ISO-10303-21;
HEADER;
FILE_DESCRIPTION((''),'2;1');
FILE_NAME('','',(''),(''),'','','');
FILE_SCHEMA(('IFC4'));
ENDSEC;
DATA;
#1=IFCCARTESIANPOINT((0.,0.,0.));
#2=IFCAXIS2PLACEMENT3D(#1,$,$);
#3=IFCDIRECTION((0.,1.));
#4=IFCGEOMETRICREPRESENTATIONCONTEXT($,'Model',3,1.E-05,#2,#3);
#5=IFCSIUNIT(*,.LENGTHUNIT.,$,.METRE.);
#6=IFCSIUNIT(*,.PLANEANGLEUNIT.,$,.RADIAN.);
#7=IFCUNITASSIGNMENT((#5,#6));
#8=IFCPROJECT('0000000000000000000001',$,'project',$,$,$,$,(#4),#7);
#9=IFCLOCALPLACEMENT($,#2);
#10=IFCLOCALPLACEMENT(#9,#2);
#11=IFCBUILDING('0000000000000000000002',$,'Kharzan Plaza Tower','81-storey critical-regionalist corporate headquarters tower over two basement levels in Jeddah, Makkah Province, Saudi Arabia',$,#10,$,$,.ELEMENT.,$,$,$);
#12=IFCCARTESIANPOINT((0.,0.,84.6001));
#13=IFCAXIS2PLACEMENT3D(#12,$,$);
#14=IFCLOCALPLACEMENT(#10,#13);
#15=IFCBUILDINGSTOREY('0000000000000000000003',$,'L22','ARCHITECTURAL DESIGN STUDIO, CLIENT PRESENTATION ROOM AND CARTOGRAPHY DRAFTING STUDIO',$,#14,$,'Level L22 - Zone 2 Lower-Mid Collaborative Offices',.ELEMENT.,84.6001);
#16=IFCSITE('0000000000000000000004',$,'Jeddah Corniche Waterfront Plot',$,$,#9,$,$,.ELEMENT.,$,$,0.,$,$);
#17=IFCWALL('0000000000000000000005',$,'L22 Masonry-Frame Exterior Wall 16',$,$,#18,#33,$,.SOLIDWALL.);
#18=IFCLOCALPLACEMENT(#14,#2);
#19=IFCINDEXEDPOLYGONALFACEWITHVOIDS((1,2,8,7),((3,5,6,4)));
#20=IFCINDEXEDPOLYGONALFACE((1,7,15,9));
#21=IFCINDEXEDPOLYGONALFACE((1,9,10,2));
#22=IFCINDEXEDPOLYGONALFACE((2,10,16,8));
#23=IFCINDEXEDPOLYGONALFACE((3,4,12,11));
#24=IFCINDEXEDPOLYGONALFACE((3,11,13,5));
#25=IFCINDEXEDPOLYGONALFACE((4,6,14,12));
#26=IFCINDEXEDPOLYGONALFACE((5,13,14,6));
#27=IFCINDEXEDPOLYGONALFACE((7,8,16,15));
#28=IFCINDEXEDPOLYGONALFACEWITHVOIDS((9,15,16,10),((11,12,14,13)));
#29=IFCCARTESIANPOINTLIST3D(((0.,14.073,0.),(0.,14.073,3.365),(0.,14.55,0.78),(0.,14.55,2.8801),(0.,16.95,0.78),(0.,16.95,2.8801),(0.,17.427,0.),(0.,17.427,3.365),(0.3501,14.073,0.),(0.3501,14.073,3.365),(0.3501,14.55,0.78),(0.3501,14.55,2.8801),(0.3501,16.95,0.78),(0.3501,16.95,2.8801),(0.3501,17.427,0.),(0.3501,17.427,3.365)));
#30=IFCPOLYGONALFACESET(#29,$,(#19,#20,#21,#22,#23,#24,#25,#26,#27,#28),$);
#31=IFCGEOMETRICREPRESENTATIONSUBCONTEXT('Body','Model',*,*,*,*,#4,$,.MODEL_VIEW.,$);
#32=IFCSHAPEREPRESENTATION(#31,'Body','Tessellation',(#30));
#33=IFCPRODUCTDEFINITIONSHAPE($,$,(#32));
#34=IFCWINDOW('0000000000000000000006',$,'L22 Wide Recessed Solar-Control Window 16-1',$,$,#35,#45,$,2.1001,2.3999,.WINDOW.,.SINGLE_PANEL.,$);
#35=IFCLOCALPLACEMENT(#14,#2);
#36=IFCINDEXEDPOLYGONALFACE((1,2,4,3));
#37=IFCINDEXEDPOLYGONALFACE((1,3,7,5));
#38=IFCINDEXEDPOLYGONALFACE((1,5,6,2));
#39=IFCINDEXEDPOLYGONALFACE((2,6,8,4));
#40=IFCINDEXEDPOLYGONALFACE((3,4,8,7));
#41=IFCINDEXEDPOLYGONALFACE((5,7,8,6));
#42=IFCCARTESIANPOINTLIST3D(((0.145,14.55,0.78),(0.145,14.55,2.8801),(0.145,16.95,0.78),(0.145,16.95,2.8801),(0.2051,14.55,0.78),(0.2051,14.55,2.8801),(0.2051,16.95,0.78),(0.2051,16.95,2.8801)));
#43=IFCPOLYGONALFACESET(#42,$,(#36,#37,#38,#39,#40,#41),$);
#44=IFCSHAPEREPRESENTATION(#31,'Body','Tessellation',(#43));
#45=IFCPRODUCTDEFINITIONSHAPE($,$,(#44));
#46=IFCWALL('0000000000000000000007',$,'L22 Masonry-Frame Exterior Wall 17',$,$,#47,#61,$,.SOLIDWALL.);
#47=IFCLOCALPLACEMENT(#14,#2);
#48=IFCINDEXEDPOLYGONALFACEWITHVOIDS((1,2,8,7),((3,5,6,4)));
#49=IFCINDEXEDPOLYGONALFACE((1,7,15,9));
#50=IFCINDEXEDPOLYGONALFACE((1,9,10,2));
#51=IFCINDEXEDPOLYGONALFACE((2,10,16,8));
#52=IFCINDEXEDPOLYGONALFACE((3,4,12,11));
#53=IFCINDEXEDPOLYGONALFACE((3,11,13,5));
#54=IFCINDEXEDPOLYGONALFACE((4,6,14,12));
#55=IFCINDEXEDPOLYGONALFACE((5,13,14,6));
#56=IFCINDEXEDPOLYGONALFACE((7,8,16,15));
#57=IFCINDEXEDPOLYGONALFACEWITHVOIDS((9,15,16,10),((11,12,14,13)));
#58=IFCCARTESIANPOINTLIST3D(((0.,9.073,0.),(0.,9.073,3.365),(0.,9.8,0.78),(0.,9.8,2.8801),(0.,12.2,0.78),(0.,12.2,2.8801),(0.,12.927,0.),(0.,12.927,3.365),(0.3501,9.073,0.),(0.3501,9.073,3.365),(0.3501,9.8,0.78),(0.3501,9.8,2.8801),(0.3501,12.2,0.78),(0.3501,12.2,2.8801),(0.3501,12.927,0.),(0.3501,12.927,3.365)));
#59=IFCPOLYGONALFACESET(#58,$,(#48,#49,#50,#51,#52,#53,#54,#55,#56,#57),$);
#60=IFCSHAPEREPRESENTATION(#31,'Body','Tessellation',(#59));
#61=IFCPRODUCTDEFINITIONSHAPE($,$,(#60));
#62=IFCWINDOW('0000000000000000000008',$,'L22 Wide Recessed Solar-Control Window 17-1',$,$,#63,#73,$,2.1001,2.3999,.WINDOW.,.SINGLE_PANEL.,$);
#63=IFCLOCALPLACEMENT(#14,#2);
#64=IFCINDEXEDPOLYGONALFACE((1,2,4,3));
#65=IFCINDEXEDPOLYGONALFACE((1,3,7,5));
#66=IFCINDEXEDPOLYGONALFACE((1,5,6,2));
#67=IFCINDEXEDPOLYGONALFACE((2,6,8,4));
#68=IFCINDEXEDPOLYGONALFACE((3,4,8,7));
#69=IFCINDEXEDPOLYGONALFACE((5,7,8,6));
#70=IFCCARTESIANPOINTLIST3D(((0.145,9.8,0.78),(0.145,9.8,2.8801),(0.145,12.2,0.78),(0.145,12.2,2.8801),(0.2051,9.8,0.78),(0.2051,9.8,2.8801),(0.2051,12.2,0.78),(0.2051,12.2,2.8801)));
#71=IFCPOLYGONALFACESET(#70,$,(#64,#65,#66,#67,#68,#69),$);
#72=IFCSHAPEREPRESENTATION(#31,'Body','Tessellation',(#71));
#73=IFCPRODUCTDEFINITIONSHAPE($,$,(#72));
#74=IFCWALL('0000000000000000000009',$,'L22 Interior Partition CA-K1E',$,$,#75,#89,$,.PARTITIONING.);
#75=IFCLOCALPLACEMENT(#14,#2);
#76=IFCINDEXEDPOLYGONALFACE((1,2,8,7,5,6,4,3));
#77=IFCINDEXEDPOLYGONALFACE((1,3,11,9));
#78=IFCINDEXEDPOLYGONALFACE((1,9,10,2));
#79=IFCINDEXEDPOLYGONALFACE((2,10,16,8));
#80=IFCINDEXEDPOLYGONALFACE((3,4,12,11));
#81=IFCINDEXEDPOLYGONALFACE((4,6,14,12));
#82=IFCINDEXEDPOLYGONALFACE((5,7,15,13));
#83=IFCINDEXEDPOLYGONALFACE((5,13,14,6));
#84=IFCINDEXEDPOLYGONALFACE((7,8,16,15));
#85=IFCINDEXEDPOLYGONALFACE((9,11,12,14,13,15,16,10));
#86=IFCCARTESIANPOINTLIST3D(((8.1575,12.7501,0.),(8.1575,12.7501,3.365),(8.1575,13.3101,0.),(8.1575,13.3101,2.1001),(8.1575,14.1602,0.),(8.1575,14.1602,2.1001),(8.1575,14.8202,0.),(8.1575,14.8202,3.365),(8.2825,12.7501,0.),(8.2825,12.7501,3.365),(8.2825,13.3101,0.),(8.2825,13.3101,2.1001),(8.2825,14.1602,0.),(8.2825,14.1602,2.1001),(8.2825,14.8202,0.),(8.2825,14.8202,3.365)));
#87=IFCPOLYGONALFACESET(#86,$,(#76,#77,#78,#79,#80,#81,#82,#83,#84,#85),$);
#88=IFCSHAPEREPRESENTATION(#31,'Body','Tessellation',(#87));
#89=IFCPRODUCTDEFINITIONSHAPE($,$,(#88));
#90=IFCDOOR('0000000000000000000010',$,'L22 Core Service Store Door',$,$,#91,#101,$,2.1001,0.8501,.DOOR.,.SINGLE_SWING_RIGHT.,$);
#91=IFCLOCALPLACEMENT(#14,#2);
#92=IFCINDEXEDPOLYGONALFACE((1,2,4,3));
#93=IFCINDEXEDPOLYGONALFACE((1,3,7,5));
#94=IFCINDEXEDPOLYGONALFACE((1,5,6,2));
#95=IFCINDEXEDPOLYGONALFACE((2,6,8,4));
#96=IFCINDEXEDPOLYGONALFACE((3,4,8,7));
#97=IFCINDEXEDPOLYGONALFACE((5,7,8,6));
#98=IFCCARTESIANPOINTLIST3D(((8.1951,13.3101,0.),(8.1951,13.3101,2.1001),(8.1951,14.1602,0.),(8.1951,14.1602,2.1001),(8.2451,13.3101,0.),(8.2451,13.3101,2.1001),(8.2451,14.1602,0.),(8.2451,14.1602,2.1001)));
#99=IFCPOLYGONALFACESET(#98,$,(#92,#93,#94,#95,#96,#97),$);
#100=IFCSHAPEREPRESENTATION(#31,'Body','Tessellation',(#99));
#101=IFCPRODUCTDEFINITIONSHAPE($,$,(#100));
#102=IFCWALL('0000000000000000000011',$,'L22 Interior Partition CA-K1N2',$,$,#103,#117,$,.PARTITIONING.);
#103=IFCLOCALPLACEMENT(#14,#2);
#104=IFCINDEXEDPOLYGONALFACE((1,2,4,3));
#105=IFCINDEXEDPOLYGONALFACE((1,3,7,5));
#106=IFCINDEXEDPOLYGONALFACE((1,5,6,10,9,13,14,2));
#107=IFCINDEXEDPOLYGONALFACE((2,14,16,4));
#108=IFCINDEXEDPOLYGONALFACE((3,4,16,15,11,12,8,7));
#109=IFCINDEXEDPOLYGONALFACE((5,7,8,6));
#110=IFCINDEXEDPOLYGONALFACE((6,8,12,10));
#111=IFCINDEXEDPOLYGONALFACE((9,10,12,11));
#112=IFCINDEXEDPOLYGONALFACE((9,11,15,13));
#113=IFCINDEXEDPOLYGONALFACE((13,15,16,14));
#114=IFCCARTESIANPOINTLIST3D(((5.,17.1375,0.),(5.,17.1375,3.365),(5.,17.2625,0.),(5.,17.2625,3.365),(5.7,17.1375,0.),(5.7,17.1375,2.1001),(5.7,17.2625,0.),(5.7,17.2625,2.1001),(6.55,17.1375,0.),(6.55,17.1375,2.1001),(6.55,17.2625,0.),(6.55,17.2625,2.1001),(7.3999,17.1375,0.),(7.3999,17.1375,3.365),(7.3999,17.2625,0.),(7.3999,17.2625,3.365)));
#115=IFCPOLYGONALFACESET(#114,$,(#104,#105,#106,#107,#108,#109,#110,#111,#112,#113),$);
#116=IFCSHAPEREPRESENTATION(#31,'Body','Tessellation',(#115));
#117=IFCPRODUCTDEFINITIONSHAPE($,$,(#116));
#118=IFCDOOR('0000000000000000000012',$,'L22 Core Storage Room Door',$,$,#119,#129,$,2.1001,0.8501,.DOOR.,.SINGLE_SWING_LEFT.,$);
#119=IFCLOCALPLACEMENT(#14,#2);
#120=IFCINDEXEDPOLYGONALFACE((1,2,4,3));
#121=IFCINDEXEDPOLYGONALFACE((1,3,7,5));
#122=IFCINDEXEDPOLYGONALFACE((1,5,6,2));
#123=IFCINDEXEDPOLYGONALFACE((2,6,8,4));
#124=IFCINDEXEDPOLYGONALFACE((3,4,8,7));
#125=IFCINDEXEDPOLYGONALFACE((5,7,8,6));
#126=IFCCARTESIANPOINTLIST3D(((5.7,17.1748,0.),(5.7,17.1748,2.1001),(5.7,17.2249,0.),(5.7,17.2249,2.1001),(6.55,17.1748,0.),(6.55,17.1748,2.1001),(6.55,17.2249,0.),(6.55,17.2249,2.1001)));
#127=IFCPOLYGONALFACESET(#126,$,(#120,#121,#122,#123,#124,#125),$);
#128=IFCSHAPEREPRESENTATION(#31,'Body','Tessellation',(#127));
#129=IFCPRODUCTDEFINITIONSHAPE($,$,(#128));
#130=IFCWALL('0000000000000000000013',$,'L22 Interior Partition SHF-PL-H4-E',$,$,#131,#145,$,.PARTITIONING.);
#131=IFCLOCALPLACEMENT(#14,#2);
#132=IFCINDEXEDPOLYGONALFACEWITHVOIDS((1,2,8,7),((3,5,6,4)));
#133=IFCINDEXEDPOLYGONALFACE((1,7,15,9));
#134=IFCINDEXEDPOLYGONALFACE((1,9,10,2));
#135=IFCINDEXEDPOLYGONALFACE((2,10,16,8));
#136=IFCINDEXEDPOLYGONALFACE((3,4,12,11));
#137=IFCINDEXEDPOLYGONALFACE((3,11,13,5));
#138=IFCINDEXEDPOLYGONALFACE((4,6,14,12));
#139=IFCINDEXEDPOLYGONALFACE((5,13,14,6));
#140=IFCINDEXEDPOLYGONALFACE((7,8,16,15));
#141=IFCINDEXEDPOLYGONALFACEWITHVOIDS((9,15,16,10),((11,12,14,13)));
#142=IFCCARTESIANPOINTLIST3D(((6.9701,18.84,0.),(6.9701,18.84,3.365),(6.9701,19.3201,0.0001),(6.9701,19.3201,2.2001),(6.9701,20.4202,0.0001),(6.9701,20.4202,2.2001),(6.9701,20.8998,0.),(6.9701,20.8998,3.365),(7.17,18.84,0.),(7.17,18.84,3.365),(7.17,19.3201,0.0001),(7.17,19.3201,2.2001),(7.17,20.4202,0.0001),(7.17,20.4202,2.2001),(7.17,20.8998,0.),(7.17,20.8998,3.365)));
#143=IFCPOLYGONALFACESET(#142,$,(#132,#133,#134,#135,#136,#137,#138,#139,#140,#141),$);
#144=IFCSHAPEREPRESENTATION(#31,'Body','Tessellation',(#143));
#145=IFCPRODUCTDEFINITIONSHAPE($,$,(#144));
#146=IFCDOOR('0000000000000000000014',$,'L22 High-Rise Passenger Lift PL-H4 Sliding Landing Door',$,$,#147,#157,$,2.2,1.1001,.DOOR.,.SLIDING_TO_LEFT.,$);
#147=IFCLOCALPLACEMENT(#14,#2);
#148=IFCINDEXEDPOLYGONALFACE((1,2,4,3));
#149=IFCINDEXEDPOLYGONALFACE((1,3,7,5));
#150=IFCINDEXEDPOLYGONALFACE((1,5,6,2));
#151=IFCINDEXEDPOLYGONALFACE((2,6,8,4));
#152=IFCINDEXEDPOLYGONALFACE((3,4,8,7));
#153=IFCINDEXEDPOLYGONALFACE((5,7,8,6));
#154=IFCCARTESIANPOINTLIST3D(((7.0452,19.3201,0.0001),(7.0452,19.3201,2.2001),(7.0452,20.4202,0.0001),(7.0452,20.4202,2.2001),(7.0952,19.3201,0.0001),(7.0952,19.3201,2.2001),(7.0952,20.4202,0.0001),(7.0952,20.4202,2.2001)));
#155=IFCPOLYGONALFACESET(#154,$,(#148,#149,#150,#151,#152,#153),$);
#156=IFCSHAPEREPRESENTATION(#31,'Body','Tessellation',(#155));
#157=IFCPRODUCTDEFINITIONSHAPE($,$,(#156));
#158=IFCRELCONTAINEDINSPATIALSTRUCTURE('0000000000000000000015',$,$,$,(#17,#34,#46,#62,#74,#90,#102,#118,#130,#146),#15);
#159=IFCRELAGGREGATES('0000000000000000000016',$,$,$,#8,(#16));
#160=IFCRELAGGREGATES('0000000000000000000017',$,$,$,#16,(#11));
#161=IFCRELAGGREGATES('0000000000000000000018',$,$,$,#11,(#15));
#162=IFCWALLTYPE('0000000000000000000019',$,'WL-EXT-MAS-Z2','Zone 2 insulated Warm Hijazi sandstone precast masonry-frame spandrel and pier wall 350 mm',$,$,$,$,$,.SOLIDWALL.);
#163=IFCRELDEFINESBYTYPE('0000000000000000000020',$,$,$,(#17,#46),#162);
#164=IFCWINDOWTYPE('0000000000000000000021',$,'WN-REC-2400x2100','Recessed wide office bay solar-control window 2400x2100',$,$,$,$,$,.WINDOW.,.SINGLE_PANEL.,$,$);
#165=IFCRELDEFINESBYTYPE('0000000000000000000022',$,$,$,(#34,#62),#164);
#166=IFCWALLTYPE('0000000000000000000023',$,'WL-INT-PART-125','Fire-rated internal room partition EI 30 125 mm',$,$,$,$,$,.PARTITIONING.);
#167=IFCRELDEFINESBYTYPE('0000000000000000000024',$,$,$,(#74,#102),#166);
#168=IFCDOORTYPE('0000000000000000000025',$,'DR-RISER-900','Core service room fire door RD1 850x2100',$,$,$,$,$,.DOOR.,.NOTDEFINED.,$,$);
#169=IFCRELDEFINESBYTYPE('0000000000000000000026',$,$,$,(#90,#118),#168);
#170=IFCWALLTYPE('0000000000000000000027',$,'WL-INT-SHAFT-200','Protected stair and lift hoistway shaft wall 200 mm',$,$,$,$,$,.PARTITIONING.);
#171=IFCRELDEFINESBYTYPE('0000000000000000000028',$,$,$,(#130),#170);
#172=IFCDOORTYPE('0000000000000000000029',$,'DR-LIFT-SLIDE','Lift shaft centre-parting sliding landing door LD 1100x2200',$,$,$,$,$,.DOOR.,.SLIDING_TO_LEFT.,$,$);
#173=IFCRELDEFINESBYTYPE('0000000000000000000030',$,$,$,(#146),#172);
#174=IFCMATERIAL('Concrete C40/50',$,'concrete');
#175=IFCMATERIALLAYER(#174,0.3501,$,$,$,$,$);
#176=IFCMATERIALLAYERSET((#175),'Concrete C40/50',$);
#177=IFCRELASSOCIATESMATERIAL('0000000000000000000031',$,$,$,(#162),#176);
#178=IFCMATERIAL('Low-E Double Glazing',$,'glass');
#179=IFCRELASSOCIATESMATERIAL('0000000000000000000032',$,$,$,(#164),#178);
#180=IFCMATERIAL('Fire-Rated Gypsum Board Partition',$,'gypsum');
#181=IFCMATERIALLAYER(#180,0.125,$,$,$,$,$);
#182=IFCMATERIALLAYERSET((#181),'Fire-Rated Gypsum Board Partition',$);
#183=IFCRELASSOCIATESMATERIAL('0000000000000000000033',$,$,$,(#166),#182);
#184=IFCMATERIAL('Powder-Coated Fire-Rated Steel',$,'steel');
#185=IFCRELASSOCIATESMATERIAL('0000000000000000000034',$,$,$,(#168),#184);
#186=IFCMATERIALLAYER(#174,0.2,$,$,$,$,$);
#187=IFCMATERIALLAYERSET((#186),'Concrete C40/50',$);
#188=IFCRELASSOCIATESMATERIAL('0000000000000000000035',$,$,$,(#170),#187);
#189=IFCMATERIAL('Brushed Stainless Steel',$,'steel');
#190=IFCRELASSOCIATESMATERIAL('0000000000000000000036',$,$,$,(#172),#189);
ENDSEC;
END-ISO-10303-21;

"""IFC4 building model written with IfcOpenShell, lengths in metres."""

from ifc_helpers import new_model, si_unit, direction, frame, frame_2d, origin, place, context, subcontext, project, spatial, rectangle, extrude, source, transform, mapped, material, layer, layer_set, type_object, element, fill, save


model = new_model("IFC4")

# Units and contexts
model_context = context("Model", 3, precision=1e-05, world=origin(), true_north=direction((0.0, 1.0)))
body_context = subcontext(model_context, "Body", "Model", "MODEL_VIEW")
ifc_project = project(units=[si_unit("LENGTHUNIT", "METRE"), si_unit("PLANEANGLEUNIT", "RADIAN")], contexts=[model_context])

# Site, building, storey
site_placement = place(None, origin())
site = spatial("IfcSite", under=ifc_project, at=site_placement, Name="Jeddah Corniche Waterfront Plot", CompositionType="ELEMENT", RefElevation=0.0)
building_placement = place(site_placement, origin())
building = spatial("IfcBuilding", under=site, at=building_placement, Name="Kharzan Plaza Tower", Description="81-storey critical-regionalist corporate headquarters tower over two basement levels in Jeddah, Makkah Province, Saudi Arabia", CompositionType="ELEMENT")
storey_placement = place(building_placement, frame((0.0, 0.0, 84.6001)))
storey = spatial("IfcBuildingStorey", under=building, at=storey_placement, Name="L22", Description="ARCHITECTURAL DESIGN STUDIO, CLIENT PRESENTATION ROOM AND CARTOGRAPHY DRAFTING STUDIO", LongName="Level L22 - Zone 2 Lower-Mid Collaborative Offices", CompositionType="ELEMENT", Elevation=84.6001)

# Walls, openings, windows
ifc_material_1 = material(Name="Concrete C40/50", Category="concrete")
ifc_layer_1 = layer(ifc_material_1, 0.3501)
ifc_layer_set_1 = layer_set([ifc_layer_1], Name="Concrete C40/50")
wall_type_1 = type_object("IfcWallType", Name="WL-EXT-MAS-Z2", Description="Zone 2 insulated Warm Hijazi sandstone precast masonry-frame spandrel and pier wall 350 mm", PredefinedType="SOLIDWALL", material=ifc_layer_set_1)
wall_1_placement = place(storey_placement, frame((0.175, 17.427, 0.0), z_axis=(0.0, 0.0, 1.0), x_axis=(0.0, -1.0, 0.0)))
wall_1 = element("IfcWall", 1, at=wall_1_placement, inside=storey, type_object=wall_type_1, Name="L22 Masonry-Frame Exterior Wall 16", PredefinedType="SOLIDWALL", context=body_context, shape_type="SweptSolid", body=[
    extrude(rectangle(XDim=3.354, YDim=0.3501, at=frame_2d((1.677, 0.0))), origin(), (0.0, 0.0, 1.0), 3.365),
])
opening_1_placement = place(wall_1_placement, frame((0.4771, 0.0, 0.78)))
opening_1 = element("IfcOpeningElement", 2, at=opening_1_placement, cuts=wall_1, PredefinedType="OPENING", context=body_context, shape_type="SweptSolid", body=[
    extrude(rectangle(XDim=2.3999, YDim=2.1001, at=frame_2d((1.2, 1.05))), frame((0.0, 0.1851, 0.0), z_axis=(0.0, -1.0, 0.0), x_axis=(1.0, 0.0, 0.0)), (0.0, 0.0, 1.0), 0.3701),
])
ifc_material_2 = material(Name="Low-E Double Glazing", Category="glass")
window_type = type_object("IfcWindowType", Name="WN-REC-2400x2100", Description="Recessed wide office bay solar-control window 2400x2100", PartitioningType="SINGLE_PANEL", PredefinedType="WINDOW", material=ifc_material_2)
shared_shape_1 = source(origin(), body_context, "Body", "SweptSolid", [
    extrude(rectangle(XDim=2.3999, YDim=2.1001, at=frame_2d((1.2, 1.05))), frame((0.0, 0.03, 0.0), z_axis=(0.0, -1.0, 0.0), x_axis=(1.0, 0.0, 0.0)), (0.0, 0.0, 1.0), 0.0601),
])
window_1_placement = place(opening_1_placement, origin())
window_1 = element("IfcWindow", 3, at=window_1_placement, inside=storey, type_object=window_type, Name="L22 Wide Recessed Solar-Control Window 16-1", OverallHeight=2.1001, OverallWidth=2.3999, PartitioningType="SINGLE_PANEL", PredefinedType="WINDOW", context=body_context, shape_type="MappedRepresentation", body=[
    mapped(shared_shape_1, transform((0.0, 0.0, 0.0), x_axis=(1.0, 0.0, 0.0), y_axis=(0.0, 1.0, 0.0), z_axis=(0.0, 0.0, 1.0))),
])
fill(opening_1, window_1)
wall_2_placement = place(storey_placement, frame((0.175, 12.927, 0.0), z_axis=(0.0, 0.0, 1.0), x_axis=(0.0, -1.0, 0.0)))
wall_2 = element("IfcWall", 4, at=wall_2_placement, inside=storey, type_object=wall_type_1, Name="L22 Masonry-Frame Exterior Wall 17", PredefinedType="SOLIDWALL", context=body_context, shape_type="SweptSolid", body=[
    extrude(rectangle(XDim=3.854, YDim=0.3501, at=frame_2d((1.927, 0.0))), origin(), (0.0, 0.0, 1.0), 3.365),
])
opening_2_placement = place(wall_2_placement, frame((0.7271, 0.0, 0.78)))
opening_2 = element("IfcOpeningElement", 5, at=opening_2_placement, cuts=wall_2, PredefinedType="OPENING", context=body_context, shape_type="SweptSolid", body=[
    extrude(rectangle(XDim=2.3999, YDim=2.1001, at=frame_2d((1.2, 1.05))), frame((0.0, 0.1851, 0.0), z_axis=(0.0, -1.0, 0.0), x_axis=(1.0, 0.0, 0.0)), (0.0, 0.0, 1.0), 0.3701),
])
window_2_placement = place(opening_2_placement, origin())
window_2 = element("IfcWindow", 6, at=window_2_placement, inside=storey, type_object=window_type, Name="L22 Wide Recessed Solar-Control Window 17-1", OverallHeight=2.1001, OverallWidth=2.3999, PartitioningType="SINGLE_PANEL", PredefinedType="WINDOW", context=body_context, shape_type="MappedRepresentation", body=[
    mapped(shared_shape_1, transform((0.0, 0.0, 0.0), x_axis=(1.0, 0.0, 0.0), y_axis=(0.0, 1.0, 0.0), z_axis=(0.0, 0.0, 1.0))),
])
fill(opening_2, window_2)

# Walls, openings, doors
ifc_material_3 = material(Name="Fire-Rated Gypsum Board Partition", Category="gypsum")
ifc_layer_2 = layer(ifc_material_3, 0.125)
ifc_layer_set_2 = layer_set([ifc_layer_2], Name="Fire-Rated Gypsum Board Partition")
wall_type_2 = type_object("IfcWallType", Name="WL-INT-PART-125", Description="Fire-rated internal room partition EI 30 125 mm", PredefinedType="PARTITIONING", material=ifc_layer_set_2)
wall_3_placement = place(storey_placement, frame((8.22, 12.75, 0.0), z_axis=(0.0, 0.0, 1.0), x_axis=(0.0, 1.0, 0.0)))
wall_3 = element("IfcWall", 7, at=wall_3_placement, inside=storey, type_object=wall_type_2, Name="L22 Interior Partition CA-K1E", PredefinedType="PARTITIONING", context=body_context, shape_type="SweptSolid", body=[
    extrude(rectangle(XDim=2.0701, YDim=0.125, at=frame_2d((1.0352, 0.0))), origin(), (0.0, 0.0, 1.0), 3.365),
])
opening_3_placement = place(wall_3_placement, frame((0.5601, 0.0, 0.0)))
opening_3 = element("IfcOpeningElement", 8, at=opening_3_placement, cuts=wall_3, PredefinedType="OPENING", context=body_context, shape_type="SweptSolid", body=[
    extrude(rectangle(XDim=0.8501, YDim=2.1001, at=frame_2d((0.425, 1.05))), frame((0.0, 0.0725, 0.0), z_axis=(0.0, -1.0, 0.0), x_axis=(1.0, 0.0, 0.0)), (0.0, 0.0, 1.0), 0.145),
])
ifc_material_4 = material(Name="Powder-Coated Fire-Rated Steel", Category="steel")
door_type_1 = type_object("IfcDoorType", Name="DR-RISER-900", Description="Core service room fire door RD1 850x2100", OperationType="NOTDEFINED", PredefinedType="DOOR", material=ifc_material_4)
shared_shape_2 = source(origin(), body_context, "Body", "SweptSolid", [
    extrude(rectangle(XDim=0.8501, YDim=2.1001, at=frame_2d((0.425, 1.05))), frame((0.0, 0.0249, 0.0), z_axis=(0.0, -1.0, 0.0), x_axis=(1.0, 0.0, 0.0)), (0.0, 0.0, 1.0), 0.05),
])
door_1_placement = place(opening_3_placement, origin())
door_1 = element("IfcDoor", 9, at=door_1_placement, inside=storey, type_object=door_type_1, Name="L22 Core Service Store Door", OperationType="SINGLE_SWING_RIGHT", OverallHeight=2.1001, OverallWidth=0.8501, PredefinedType="DOOR", context=body_context, shape_type="MappedRepresentation", body=[
    mapped(shared_shape_2, transform((0.0, 0.0, 0.0), x_axis=(1.0, 0.0, 0.0), y_axis=(0.0, 1.0, 0.0), z_axis=(0.0, 0.0, 1.0))),
])
fill(opening_3, door_1)
wall_4_placement = place(storey_placement, frame((5.0, 17.2, 0.0), z_axis=(0.0, 0.0, 1.0), x_axis=(1.0, 0.0, 0.0)))
wall_4 = element("IfcWall", 10, at=wall_4_placement, inside=storey, type_object=wall_type_2, Name="L22 Interior Partition CA-K1N2", PredefinedType="PARTITIONING", context=body_context, shape_type="SweptSolid", body=[
    extrude(rectangle(XDim=2.3999, YDim=0.125, at=frame_2d((1.2, 0.0))), origin(), (0.0, 0.0, 1.0), 3.365),
])
opening_4_placement = place(wall_4_placement, frame((0.7, 0.0, 0.0)))
opening_4 = element("IfcOpeningElement", 11, at=opening_4_placement, cuts=wall_4, PredefinedType="OPENING", context=body_context, shape_type="SweptSolid", body=[
    extrude(rectangle(XDim=0.8501, YDim=2.1001, at=frame_2d((0.425, 1.05))), frame((0.0, 0.0725, 0.0), z_axis=(0.0, -1.0, 0.0), x_axis=(1.0, 0.0, 0.0)), (0.0, 0.0, 1.0), 0.145),
])
door_2_placement = place(opening_4_placement, origin())
door_2 = element("IfcDoor", 12, at=door_2_placement, inside=storey, type_object=door_type_1, Name="L22 Core Storage Room Door", OperationType="SINGLE_SWING_LEFT", OverallHeight=2.1001, OverallWidth=0.8501, PredefinedType="DOOR", context=body_context, shape_type="MappedRepresentation", body=[
    mapped(shared_shape_2, transform((0.0, 0.0, 0.0), x_axis=(1.0, 0.0, 0.0), y_axis=(0.0, 1.0, 0.0), z_axis=(0.0, 0.0, 1.0))),
])
fill(opening_4, door_2)
ifc_layer_3 = layer(ifc_material_1, 0.2)
ifc_layer_set_3 = layer_set([ifc_layer_3], Name="Concrete C40/50")
wall_type_3 = type_object("IfcWallType", Name="WL-INT-SHAFT-200", Description="Protected stair and lift hoistway shaft wall 200 mm", PredefinedType="PARTITIONING", material=ifc_layer_set_3)
wall_5_placement = place(storey_placement, frame((7.0701, 18.8401, 0.0), z_axis=(0.0, 0.0, 1.0), x_axis=(0.0, 1.0, 0.0)))
wall_5 = element("IfcWall", 13, at=wall_5_placement, inside=storey, type_object=wall_type_3, Name="L22 Interior Partition SHF-PL-H4-E", PredefinedType="PARTITIONING", context=body_context, shape_type="SweptSolid", body=[
    extrude(rectangle(XDim=2.0598, YDim=0.2, at=frame_2d((1.0298, 0.0))), origin(), (0.0, 0.0, 1.0), 3.365),
])
opening_5_placement = place(wall_5_placement, frame((0.48, 0.0, 0.0)))
opening_5 = element("IfcOpeningElement", 14, at=opening_5_placement, cuts=wall_5, PredefinedType="OPENING", context=body_context, shape_type="SweptSolid", body=[
    extrude(rectangle(XDim=1.1001, YDim=2.2, at=frame_2d((0.55, 1.1001))), frame((0.0, 0.1099, 0.0), z_axis=(0.0, -1.0, 0.0), x_axis=(1.0, 0.0, 0.0)), (0.0, 0.0, 1.0), 0.22),
])
ifc_material_5 = material(Name="Brushed Stainless Steel", Category="steel")
door_type_2 = type_object("IfcDoorType", Name="DR-LIFT-SLIDE", Description="Lift shaft centre-parting sliding landing door LD 1100x2200", OperationType="SLIDING_TO_LEFT", PredefinedType="DOOR", material=ifc_material_5)
shared_shape_3 = source(origin(), body_context, "Body", "SweptSolid", [
    extrude(rectangle(XDim=1.1001, YDim=2.2, at=frame_2d((0.55, 1.1001))), frame((0.0, 0.0249, 0.0), z_axis=(0.0, -1.0, 0.0), x_axis=(1.0, 0.0, 0.0)), (0.0, 0.0, 1.0), 0.05),
])
door_3_placement = place(opening_5_placement, origin())
door_3 = element("IfcDoor", 15, at=door_3_placement, inside=storey, type_object=door_type_2, Name="L22 High-Rise Passenger Lift PL-H4 Sliding Landing Door", OperationType="SLIDING_TO_LEFT", OverallHeight=2.2, OverallWidth=1.1001, PredefinedType="DOOR", context=body_context, shape_type="MappedRepresentation", body=[
    mapped(shared_shape_3, transform((0.0, 0.0, 0.0), x_axis=(1.0, 0.0, 0.0), y_axis=(0.0, 1.0, 0.0), z_axis=(0.0, 0.0, 1.0))),
])
fill(opening_5, door_3)

save(model, "model.ifc")
